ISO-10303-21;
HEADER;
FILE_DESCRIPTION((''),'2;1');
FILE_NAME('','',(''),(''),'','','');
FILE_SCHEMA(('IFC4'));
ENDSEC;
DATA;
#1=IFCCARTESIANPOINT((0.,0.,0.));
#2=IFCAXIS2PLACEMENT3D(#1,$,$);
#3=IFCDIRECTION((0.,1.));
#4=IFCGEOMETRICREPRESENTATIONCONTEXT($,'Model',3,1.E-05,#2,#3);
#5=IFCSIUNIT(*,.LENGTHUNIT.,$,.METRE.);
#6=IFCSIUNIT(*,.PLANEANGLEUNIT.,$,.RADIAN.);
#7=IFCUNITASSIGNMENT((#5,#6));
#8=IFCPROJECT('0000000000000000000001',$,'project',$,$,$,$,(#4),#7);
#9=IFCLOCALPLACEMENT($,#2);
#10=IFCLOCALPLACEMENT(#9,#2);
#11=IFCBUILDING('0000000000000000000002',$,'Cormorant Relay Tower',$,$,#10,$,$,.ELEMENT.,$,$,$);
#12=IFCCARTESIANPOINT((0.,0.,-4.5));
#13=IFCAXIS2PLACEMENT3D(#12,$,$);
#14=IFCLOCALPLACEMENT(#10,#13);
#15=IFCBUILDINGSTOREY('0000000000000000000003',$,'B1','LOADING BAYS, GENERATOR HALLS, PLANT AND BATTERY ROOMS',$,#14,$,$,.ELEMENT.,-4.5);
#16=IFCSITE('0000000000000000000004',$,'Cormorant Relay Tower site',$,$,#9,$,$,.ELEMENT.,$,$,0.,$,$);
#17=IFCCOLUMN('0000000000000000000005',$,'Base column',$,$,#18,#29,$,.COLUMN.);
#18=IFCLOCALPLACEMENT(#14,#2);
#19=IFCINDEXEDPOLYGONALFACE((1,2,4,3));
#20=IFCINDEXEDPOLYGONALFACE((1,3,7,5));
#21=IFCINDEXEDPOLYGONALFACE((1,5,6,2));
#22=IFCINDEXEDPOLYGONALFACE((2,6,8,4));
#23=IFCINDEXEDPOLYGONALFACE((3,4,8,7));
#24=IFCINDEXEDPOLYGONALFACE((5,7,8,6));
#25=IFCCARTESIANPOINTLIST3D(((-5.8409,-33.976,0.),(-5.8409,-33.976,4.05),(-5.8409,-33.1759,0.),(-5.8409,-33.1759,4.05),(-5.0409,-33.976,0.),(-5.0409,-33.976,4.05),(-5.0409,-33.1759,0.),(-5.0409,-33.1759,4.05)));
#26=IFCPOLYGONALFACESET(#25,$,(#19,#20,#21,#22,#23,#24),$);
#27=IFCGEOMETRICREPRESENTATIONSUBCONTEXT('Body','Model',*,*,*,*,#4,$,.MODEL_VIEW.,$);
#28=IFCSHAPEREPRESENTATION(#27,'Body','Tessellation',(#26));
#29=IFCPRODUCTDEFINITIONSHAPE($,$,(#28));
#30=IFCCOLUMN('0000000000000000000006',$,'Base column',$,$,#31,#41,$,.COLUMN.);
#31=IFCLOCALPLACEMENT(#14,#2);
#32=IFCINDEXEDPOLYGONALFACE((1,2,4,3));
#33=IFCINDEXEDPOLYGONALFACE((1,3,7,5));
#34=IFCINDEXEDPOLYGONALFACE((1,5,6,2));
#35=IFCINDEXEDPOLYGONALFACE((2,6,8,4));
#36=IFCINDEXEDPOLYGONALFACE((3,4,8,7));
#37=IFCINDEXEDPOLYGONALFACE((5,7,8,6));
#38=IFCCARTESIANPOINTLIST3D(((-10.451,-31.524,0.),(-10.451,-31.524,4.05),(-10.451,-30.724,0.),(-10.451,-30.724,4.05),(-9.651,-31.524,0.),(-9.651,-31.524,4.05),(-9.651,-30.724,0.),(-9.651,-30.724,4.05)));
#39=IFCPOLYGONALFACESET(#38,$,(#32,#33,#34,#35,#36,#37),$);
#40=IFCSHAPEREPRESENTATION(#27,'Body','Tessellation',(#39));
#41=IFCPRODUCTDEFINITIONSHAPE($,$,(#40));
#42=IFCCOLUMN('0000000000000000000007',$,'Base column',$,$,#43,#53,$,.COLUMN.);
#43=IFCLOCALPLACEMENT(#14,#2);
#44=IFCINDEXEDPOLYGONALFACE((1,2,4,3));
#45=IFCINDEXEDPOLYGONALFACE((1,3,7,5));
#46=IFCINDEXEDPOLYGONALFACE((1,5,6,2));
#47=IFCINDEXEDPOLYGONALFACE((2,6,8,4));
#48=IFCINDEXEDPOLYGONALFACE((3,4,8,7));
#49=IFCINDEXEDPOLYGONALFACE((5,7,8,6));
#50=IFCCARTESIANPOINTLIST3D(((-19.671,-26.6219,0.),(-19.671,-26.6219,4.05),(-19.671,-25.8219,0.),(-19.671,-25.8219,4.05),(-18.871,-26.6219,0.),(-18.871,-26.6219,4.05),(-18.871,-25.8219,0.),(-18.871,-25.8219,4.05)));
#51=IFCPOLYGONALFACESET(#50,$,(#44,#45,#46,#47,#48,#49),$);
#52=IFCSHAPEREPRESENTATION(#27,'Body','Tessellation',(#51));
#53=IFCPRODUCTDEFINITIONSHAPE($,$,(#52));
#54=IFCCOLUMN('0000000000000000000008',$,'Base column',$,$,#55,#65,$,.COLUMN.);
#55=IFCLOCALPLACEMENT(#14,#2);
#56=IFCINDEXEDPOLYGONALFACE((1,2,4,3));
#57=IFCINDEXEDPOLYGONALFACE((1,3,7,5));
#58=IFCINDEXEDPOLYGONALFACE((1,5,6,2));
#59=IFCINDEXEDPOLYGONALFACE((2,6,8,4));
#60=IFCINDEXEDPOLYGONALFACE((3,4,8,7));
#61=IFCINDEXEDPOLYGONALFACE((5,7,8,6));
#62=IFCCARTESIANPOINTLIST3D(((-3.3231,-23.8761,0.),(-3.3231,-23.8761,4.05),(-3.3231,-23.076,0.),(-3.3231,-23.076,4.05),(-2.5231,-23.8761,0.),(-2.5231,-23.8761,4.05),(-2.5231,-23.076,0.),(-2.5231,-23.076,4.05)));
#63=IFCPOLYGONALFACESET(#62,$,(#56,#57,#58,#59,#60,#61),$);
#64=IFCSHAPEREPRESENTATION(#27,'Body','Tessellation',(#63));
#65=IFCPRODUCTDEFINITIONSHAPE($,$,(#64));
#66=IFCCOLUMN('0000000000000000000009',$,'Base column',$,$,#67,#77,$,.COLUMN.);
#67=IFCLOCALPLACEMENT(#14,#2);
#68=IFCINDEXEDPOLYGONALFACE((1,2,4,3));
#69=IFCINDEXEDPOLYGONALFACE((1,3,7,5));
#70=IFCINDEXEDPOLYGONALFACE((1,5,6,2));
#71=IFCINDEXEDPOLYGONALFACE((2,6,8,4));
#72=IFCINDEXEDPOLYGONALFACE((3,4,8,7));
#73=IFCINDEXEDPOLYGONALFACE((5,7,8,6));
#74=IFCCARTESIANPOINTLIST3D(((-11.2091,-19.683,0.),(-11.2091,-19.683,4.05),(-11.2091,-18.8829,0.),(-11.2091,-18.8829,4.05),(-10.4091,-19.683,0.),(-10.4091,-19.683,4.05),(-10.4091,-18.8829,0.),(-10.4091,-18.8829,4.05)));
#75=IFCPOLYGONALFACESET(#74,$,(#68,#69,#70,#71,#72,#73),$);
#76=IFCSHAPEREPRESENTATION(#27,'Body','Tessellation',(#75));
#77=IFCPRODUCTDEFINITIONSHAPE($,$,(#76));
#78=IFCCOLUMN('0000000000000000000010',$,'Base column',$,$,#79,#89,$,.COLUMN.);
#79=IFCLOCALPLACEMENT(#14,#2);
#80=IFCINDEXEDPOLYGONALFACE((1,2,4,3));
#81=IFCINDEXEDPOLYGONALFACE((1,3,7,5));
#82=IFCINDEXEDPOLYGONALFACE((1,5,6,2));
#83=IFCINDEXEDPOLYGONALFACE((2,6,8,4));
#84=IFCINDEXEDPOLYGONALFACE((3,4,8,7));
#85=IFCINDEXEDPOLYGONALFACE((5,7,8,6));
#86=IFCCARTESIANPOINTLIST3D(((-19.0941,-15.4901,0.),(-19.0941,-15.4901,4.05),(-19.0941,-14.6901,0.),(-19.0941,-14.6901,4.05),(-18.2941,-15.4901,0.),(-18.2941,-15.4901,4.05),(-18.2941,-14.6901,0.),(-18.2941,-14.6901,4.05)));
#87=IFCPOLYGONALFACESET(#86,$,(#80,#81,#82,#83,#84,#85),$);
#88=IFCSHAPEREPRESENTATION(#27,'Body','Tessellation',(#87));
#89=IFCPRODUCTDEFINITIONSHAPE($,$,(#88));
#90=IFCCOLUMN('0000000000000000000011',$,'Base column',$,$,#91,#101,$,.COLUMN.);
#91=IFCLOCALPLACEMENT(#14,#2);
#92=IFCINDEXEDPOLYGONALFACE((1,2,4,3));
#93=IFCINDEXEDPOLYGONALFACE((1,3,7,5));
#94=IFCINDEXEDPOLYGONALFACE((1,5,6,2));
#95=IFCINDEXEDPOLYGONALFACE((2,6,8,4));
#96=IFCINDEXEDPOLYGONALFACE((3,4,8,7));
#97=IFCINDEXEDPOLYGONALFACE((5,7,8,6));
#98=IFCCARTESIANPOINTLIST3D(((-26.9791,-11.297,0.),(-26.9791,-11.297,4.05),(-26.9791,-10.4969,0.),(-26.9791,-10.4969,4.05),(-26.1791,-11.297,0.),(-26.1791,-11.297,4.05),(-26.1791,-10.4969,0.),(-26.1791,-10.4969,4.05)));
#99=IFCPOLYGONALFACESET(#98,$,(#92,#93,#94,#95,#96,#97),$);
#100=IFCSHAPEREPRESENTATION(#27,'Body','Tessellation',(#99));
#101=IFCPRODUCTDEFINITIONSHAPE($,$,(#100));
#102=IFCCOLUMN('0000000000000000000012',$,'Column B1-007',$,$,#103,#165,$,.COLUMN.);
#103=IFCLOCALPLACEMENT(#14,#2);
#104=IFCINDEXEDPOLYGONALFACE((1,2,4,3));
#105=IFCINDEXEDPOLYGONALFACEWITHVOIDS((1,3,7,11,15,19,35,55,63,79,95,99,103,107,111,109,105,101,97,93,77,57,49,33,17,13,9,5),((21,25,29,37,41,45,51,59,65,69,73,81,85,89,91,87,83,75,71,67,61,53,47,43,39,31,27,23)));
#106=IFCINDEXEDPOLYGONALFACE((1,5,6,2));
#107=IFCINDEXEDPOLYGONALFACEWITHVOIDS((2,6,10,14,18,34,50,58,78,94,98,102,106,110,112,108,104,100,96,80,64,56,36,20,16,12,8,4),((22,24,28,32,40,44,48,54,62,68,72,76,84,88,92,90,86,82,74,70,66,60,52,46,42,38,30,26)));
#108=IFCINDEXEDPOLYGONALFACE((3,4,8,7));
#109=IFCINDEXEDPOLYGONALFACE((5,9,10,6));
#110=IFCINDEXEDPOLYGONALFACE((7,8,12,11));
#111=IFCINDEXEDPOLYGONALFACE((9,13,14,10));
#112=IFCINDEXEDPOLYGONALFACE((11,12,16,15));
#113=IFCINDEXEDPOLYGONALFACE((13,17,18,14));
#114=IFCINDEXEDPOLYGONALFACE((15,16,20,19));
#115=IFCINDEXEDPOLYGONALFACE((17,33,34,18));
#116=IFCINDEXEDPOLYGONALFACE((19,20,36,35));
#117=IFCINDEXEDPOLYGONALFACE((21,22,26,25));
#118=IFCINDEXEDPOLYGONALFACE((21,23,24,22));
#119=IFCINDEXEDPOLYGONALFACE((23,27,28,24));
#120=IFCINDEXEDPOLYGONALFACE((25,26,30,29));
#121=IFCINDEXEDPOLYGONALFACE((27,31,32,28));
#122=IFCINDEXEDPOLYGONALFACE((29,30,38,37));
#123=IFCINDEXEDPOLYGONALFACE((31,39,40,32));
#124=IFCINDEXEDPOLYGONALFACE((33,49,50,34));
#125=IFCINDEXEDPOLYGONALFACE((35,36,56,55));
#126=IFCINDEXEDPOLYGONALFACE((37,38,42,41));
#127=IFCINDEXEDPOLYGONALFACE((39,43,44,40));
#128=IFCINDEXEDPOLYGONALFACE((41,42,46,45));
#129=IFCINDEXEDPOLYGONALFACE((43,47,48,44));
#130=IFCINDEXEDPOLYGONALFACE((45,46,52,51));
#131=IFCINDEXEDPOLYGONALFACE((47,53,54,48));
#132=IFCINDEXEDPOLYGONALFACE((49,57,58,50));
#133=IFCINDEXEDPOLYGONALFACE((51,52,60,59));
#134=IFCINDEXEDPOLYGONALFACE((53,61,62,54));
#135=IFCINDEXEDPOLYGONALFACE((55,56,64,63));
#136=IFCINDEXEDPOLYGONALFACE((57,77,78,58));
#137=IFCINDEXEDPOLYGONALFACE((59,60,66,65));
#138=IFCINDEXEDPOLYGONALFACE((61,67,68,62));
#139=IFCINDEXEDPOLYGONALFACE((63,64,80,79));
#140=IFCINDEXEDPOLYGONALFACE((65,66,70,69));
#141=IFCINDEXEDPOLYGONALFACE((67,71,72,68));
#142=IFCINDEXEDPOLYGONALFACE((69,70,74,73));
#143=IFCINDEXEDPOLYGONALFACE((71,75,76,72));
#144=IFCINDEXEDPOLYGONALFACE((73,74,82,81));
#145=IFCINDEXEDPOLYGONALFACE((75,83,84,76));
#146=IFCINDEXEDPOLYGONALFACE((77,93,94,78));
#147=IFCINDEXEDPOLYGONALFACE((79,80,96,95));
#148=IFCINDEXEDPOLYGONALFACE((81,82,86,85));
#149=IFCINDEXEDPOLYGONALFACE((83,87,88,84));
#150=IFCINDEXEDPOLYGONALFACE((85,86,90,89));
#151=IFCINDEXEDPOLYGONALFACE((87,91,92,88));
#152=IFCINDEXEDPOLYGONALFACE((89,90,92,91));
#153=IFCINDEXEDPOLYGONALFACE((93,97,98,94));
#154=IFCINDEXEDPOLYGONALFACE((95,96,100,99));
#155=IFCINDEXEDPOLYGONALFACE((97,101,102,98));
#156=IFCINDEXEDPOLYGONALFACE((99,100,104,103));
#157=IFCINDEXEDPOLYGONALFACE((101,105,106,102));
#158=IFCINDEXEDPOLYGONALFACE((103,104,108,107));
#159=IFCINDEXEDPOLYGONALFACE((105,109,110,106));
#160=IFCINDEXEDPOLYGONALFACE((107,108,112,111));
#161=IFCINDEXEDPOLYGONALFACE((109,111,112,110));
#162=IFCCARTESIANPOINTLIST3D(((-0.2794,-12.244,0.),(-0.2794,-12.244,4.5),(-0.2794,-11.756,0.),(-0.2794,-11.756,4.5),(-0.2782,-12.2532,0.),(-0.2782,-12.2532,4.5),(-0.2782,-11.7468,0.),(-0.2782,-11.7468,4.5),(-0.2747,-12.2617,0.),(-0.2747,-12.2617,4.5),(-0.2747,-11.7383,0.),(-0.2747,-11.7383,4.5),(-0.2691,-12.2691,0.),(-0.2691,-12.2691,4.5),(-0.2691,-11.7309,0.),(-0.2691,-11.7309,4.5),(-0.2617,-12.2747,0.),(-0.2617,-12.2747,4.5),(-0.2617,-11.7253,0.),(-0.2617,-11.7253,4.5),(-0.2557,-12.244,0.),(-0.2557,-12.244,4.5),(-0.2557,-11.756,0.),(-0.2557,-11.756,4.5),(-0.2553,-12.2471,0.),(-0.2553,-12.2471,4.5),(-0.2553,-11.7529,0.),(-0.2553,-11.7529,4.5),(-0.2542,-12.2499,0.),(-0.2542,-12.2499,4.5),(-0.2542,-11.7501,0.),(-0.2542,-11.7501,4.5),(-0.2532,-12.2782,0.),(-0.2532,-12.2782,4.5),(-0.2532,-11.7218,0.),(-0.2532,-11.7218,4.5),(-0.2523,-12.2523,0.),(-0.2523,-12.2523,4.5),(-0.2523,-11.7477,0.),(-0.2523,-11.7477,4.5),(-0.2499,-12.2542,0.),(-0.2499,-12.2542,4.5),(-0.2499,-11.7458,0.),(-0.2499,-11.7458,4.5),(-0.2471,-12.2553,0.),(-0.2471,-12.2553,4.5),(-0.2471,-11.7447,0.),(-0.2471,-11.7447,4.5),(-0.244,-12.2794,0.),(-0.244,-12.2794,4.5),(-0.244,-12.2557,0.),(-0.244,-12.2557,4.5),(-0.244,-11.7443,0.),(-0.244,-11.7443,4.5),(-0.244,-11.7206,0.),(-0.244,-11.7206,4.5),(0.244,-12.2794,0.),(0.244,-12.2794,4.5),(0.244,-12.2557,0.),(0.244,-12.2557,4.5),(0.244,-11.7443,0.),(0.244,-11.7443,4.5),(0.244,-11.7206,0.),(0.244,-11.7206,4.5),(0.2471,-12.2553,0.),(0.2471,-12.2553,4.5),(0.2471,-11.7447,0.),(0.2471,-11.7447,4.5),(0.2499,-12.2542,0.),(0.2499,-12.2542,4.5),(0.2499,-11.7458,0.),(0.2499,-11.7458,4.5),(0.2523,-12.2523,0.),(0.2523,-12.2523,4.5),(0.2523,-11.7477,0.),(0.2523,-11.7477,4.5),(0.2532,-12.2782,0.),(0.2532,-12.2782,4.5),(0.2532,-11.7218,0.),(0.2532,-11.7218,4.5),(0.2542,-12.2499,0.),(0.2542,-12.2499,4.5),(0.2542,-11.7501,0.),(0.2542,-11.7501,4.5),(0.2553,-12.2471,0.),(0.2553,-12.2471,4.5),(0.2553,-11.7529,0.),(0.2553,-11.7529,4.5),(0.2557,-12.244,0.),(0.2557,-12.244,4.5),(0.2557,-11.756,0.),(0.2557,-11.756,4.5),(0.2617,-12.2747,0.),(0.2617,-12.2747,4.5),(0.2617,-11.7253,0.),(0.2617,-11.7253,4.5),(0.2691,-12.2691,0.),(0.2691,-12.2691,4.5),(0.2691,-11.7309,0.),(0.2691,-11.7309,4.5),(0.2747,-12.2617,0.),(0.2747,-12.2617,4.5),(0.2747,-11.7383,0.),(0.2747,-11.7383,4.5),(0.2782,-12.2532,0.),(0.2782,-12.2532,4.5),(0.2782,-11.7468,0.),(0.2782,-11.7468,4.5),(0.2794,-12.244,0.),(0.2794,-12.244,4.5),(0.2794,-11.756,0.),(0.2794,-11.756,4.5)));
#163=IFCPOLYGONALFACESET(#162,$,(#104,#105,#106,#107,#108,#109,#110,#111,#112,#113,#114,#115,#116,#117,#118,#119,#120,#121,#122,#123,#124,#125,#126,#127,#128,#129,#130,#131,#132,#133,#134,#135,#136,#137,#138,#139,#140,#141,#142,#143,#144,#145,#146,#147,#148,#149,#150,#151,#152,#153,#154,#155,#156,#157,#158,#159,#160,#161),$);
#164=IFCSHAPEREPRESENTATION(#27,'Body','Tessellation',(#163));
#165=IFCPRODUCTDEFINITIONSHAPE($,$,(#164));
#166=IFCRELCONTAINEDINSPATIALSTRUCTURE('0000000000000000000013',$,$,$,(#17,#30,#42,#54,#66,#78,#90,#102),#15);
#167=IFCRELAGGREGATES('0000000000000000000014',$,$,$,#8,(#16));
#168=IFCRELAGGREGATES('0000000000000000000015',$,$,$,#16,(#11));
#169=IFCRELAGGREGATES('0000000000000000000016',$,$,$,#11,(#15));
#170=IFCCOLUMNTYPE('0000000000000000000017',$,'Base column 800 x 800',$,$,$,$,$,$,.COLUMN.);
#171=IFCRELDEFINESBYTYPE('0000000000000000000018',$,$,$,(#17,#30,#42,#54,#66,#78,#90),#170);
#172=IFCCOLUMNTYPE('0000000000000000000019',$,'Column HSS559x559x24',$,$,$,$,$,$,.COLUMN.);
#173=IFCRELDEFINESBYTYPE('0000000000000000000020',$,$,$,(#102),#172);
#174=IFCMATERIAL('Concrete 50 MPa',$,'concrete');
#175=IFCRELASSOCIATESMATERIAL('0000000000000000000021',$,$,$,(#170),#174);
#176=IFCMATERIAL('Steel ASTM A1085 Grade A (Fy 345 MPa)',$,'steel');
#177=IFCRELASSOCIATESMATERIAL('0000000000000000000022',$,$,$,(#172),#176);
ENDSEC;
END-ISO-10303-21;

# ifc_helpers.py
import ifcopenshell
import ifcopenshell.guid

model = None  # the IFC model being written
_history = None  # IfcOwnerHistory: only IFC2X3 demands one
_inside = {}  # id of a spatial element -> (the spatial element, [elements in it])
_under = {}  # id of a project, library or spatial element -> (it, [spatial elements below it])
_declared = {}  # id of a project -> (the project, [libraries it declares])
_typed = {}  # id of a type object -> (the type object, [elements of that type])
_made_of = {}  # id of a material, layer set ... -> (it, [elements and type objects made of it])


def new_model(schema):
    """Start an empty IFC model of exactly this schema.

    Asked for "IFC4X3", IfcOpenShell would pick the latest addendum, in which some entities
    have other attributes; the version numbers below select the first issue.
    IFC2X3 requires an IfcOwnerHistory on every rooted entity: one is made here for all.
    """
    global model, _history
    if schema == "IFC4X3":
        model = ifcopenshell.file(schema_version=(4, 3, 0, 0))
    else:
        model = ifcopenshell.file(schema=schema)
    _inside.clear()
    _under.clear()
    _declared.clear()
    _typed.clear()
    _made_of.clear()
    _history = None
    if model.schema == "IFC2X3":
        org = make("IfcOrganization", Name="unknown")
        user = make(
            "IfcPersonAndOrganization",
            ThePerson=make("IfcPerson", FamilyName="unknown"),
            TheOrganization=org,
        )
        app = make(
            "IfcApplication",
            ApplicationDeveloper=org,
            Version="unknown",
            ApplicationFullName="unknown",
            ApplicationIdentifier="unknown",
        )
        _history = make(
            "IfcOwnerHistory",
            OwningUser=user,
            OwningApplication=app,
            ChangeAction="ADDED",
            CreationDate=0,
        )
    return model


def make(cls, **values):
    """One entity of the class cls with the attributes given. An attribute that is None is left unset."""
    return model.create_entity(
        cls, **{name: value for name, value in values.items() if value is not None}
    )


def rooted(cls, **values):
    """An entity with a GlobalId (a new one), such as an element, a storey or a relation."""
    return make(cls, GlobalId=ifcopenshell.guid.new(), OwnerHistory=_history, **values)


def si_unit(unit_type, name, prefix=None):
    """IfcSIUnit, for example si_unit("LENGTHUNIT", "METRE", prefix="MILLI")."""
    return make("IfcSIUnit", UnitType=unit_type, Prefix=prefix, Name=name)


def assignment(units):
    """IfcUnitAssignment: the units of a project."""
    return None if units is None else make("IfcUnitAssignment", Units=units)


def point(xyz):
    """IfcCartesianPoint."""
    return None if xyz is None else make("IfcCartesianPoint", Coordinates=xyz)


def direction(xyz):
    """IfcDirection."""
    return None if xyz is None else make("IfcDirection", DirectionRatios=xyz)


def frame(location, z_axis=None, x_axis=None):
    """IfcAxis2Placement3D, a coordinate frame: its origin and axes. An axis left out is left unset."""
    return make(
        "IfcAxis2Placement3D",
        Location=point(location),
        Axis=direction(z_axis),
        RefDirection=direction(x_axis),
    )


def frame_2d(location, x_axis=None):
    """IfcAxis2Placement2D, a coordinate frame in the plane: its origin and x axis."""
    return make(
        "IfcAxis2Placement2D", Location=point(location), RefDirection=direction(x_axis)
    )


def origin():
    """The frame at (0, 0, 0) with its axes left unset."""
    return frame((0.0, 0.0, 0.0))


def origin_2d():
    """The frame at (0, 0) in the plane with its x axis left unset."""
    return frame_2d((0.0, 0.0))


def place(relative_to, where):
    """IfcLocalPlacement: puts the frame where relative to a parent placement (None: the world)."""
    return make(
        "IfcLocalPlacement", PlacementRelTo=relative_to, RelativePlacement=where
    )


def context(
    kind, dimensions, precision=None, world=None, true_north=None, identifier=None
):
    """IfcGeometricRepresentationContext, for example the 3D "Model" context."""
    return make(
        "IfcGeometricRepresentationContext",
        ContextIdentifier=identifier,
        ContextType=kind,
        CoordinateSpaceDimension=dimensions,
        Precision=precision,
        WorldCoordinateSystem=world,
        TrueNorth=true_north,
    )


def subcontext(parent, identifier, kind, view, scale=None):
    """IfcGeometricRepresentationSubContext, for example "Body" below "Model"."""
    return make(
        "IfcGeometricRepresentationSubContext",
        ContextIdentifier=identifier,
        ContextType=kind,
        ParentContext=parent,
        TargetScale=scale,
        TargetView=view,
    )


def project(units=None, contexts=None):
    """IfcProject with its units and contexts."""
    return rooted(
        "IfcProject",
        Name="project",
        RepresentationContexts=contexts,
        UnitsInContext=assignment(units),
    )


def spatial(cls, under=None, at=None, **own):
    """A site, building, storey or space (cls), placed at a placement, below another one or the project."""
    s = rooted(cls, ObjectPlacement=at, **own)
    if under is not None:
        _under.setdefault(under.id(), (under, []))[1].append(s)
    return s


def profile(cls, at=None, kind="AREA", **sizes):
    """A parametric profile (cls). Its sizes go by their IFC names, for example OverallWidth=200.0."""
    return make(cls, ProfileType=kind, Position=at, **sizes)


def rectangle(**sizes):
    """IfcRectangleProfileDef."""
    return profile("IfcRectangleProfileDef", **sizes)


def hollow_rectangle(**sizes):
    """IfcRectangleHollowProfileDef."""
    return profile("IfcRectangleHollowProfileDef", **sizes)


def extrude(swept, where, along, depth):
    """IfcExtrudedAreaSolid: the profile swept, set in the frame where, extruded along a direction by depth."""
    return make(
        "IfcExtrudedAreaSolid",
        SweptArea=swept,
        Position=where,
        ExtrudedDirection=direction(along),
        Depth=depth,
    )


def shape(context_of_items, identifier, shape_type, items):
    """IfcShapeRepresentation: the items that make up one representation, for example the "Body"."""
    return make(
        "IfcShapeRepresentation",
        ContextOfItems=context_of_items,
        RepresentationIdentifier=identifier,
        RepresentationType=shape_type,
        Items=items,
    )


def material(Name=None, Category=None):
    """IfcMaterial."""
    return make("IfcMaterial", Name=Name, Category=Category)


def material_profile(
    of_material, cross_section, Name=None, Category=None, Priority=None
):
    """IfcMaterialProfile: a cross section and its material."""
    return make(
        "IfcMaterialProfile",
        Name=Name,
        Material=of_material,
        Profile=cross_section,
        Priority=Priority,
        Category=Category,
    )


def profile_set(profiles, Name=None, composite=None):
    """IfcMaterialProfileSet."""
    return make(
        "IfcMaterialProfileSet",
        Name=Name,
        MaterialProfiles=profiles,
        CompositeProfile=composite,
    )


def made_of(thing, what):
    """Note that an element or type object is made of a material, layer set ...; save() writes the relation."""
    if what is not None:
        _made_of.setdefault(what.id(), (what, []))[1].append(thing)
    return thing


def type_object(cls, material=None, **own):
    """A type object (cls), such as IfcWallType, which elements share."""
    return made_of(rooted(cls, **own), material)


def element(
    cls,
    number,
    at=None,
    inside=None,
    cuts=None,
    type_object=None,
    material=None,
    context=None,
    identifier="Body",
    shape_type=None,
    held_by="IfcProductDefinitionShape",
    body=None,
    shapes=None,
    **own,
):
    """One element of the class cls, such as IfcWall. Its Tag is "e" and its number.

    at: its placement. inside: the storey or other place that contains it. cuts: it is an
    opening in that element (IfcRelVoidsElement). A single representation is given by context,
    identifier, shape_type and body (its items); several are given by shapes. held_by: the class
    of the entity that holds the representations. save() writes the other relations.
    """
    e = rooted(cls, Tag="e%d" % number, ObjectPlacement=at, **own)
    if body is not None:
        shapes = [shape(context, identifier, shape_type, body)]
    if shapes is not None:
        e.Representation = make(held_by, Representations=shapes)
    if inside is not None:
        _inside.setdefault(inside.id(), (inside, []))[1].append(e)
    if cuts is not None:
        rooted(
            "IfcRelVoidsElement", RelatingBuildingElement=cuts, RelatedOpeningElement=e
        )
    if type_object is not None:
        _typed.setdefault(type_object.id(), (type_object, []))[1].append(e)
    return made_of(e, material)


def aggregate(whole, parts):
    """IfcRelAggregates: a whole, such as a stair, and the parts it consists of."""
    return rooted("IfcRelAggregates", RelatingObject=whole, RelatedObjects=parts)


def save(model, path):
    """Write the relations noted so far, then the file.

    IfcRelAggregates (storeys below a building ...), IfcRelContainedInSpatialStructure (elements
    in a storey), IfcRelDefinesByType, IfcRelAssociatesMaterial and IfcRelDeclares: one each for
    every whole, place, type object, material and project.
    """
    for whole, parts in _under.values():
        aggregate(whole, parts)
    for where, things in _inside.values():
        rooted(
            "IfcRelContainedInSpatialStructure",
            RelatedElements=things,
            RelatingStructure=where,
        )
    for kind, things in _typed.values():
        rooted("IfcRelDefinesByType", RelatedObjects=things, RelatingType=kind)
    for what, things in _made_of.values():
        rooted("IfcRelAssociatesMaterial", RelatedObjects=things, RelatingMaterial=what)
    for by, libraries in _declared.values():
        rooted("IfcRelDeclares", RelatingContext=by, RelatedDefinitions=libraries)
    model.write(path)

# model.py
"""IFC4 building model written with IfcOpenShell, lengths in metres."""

from ifc_helpers import new_model, si_unit, direction, frame, origin, origin_2d, place, context, subcontext, project, spatial, rectangle, hollow_rectangle, extrude, material, material_profile, profile_set, type_object, element, save


model = new_model("IFC4")

# Units and contexts
model_context = context("Model", 3, precision=1e-05, world=origin(), true_north=direction((0.0, 1.0)))
body_context = subcontext(model_context, "Body", "Model", "MODEL_VIEW")
ifc_project = project(units=[si_unit("LENGTHUNIT", "METRE"), si_unit("PLANEANGLEUNIT", "RADIAN")], contexts=[model_context])

# Site, building, storey
site_placement = place(None, origin())
site = spatial("IfcSite", under=ifc_project, at=site_placement, Name="Cormorant Relay Tower site", CompositionType="ELEMENT", RefElevation=0.0)
building_placement = place(site_placement, origin())
building = spatial("IfcBuilding", under=site, at=building_placement, Name="Cormorant Relay Tower", CompositionType="ELEMENT")
storey_placement = place(building_placement, frame((0.0, 0.0, -4.5)))
storey = spatial("IfcBuildingStorey", under=building, at=storey_placement, Name="B1", Description="LOADING BAYS, GENERATOR HALLS, PLANT AND BATTERY ROOMS", CompositionType="ELEMENT", Elevation=-4.5)

# Columns
ifc_material_1 = material(Name="Concrete 50 MPa", Category="concrete")
ifc_material_profile_1 = material_profile(ifc_material_1, rectangle(XDim=0.8, YDim=0.8, at=origin_2d()), Name="RC 800x800")
ifc_profile_set_1 = profile_set([ifc_material_profile_1], Name="Concrete 50 MPa")
column_type_1 = type_object("IfcColumnType", Name="Base column 800 x 800", PredefinedType="COLUMN", material=ifc_profile_set_1)
for number, where, z_axis, x_axis, name in (
    (1, (-5.4409, -33.5759, 0.0), (0.0, 0.0, 1.0), (1.0, 0.0, 0.0), "Base column"),
    (2, (-10.051, -31.124, 0.0), (0.0, 0.0, 1.0), (1.0, 0.0, 0.0), "Base column"),
    (3, (-19.271, -26.2219, 0.0), (0.0, 0.0, 1.0), (1.0, 0.0, 0.0), "Base column"),
    (4, (-2.9231, -23.4761, 0.0), (0.0, 0.0, 1.0), (1.0, 0.0, 0.0), "Base column"),
    (5, (-10.8091, -19.283, 0.0), (0.0, 0.0, 1.0), (1.0, 0.0, 0.0), "Base column"),
    (6, (-18.6941, -15.0901, 0.0), (0.0, 0.0, 1.0), (1.0, 0.0, 0.0), "Base column"),
    (7, (-26.5791, -10.897, 0.0), (0.0, 0.0, 1.0), (1.0, 0.0, 0.0), "Base column"),
):
    element("IfcColumn", number, at=place(storey_placement, frame(where, z_axis=z_axis, x_axis=x_axis)), inside=storey, type_object=column_type_1, Name=name, PredefinedType="COLUMN", context=body_context, shape_type="SweptSolid", body=[
        extrude(rectangle(XDim=0.8, YDim=0.8, at=origin_2d()), origin(), (0.0, 0.0, 1.0), 4.05),
    ])
ifc_material_2 = material(Name="Steel ASTM A1085 Grade A (Fy 345 MPa)", Category="steel")
ifc_material_profile_2 = material_profile(ifc_material_2, hollow_rectangle(XDim=0.5588, YDim=0.5588, WallThickness=0.0237, InnerFilletRadius=0.0117, OuterFilletRadius=0.0354, at=origin_2d()), Name="HSS559x559x24")
ifc_profile_set_2 = profile_set([ifc_material_profile_2], Name="Steel ASTM A1085 Grade A (Fy 345 MPa)")
column_type_2 = type_object("IfcColumnType", Name="Column HSS559x559x24", PredefinedType="COLUMN", material=ifc_profile_set_2)
for number, where, z_axis, x_axis, name in (
    (8, (0.0, -12.0, 0.0), (0.0, 0.0, 1.0), (1.0, 0.0, 0.0), "Column B1-007"),
):
    element("IfcColumn", number, at=place(storey_placement, frame(where, z_axis=z_axis, x_axis=x_axis)), inside=storey, type_object=column_type_2, Name=name, PredefinedType="COLUMN", context=body_context, shape_type="SweptSolid", body=[
        extrude(hollow_rectangle(XDim=0.5588, YDim=0.5588, WallThickness=0.0237, InnerFilletRadius=0.0117, OuterFilletRadius=0.0354, at=origin_2d()), origin(), (0.0, 0.0, 1.0), 4.5),
    ])

save(model, "model.ifc")
